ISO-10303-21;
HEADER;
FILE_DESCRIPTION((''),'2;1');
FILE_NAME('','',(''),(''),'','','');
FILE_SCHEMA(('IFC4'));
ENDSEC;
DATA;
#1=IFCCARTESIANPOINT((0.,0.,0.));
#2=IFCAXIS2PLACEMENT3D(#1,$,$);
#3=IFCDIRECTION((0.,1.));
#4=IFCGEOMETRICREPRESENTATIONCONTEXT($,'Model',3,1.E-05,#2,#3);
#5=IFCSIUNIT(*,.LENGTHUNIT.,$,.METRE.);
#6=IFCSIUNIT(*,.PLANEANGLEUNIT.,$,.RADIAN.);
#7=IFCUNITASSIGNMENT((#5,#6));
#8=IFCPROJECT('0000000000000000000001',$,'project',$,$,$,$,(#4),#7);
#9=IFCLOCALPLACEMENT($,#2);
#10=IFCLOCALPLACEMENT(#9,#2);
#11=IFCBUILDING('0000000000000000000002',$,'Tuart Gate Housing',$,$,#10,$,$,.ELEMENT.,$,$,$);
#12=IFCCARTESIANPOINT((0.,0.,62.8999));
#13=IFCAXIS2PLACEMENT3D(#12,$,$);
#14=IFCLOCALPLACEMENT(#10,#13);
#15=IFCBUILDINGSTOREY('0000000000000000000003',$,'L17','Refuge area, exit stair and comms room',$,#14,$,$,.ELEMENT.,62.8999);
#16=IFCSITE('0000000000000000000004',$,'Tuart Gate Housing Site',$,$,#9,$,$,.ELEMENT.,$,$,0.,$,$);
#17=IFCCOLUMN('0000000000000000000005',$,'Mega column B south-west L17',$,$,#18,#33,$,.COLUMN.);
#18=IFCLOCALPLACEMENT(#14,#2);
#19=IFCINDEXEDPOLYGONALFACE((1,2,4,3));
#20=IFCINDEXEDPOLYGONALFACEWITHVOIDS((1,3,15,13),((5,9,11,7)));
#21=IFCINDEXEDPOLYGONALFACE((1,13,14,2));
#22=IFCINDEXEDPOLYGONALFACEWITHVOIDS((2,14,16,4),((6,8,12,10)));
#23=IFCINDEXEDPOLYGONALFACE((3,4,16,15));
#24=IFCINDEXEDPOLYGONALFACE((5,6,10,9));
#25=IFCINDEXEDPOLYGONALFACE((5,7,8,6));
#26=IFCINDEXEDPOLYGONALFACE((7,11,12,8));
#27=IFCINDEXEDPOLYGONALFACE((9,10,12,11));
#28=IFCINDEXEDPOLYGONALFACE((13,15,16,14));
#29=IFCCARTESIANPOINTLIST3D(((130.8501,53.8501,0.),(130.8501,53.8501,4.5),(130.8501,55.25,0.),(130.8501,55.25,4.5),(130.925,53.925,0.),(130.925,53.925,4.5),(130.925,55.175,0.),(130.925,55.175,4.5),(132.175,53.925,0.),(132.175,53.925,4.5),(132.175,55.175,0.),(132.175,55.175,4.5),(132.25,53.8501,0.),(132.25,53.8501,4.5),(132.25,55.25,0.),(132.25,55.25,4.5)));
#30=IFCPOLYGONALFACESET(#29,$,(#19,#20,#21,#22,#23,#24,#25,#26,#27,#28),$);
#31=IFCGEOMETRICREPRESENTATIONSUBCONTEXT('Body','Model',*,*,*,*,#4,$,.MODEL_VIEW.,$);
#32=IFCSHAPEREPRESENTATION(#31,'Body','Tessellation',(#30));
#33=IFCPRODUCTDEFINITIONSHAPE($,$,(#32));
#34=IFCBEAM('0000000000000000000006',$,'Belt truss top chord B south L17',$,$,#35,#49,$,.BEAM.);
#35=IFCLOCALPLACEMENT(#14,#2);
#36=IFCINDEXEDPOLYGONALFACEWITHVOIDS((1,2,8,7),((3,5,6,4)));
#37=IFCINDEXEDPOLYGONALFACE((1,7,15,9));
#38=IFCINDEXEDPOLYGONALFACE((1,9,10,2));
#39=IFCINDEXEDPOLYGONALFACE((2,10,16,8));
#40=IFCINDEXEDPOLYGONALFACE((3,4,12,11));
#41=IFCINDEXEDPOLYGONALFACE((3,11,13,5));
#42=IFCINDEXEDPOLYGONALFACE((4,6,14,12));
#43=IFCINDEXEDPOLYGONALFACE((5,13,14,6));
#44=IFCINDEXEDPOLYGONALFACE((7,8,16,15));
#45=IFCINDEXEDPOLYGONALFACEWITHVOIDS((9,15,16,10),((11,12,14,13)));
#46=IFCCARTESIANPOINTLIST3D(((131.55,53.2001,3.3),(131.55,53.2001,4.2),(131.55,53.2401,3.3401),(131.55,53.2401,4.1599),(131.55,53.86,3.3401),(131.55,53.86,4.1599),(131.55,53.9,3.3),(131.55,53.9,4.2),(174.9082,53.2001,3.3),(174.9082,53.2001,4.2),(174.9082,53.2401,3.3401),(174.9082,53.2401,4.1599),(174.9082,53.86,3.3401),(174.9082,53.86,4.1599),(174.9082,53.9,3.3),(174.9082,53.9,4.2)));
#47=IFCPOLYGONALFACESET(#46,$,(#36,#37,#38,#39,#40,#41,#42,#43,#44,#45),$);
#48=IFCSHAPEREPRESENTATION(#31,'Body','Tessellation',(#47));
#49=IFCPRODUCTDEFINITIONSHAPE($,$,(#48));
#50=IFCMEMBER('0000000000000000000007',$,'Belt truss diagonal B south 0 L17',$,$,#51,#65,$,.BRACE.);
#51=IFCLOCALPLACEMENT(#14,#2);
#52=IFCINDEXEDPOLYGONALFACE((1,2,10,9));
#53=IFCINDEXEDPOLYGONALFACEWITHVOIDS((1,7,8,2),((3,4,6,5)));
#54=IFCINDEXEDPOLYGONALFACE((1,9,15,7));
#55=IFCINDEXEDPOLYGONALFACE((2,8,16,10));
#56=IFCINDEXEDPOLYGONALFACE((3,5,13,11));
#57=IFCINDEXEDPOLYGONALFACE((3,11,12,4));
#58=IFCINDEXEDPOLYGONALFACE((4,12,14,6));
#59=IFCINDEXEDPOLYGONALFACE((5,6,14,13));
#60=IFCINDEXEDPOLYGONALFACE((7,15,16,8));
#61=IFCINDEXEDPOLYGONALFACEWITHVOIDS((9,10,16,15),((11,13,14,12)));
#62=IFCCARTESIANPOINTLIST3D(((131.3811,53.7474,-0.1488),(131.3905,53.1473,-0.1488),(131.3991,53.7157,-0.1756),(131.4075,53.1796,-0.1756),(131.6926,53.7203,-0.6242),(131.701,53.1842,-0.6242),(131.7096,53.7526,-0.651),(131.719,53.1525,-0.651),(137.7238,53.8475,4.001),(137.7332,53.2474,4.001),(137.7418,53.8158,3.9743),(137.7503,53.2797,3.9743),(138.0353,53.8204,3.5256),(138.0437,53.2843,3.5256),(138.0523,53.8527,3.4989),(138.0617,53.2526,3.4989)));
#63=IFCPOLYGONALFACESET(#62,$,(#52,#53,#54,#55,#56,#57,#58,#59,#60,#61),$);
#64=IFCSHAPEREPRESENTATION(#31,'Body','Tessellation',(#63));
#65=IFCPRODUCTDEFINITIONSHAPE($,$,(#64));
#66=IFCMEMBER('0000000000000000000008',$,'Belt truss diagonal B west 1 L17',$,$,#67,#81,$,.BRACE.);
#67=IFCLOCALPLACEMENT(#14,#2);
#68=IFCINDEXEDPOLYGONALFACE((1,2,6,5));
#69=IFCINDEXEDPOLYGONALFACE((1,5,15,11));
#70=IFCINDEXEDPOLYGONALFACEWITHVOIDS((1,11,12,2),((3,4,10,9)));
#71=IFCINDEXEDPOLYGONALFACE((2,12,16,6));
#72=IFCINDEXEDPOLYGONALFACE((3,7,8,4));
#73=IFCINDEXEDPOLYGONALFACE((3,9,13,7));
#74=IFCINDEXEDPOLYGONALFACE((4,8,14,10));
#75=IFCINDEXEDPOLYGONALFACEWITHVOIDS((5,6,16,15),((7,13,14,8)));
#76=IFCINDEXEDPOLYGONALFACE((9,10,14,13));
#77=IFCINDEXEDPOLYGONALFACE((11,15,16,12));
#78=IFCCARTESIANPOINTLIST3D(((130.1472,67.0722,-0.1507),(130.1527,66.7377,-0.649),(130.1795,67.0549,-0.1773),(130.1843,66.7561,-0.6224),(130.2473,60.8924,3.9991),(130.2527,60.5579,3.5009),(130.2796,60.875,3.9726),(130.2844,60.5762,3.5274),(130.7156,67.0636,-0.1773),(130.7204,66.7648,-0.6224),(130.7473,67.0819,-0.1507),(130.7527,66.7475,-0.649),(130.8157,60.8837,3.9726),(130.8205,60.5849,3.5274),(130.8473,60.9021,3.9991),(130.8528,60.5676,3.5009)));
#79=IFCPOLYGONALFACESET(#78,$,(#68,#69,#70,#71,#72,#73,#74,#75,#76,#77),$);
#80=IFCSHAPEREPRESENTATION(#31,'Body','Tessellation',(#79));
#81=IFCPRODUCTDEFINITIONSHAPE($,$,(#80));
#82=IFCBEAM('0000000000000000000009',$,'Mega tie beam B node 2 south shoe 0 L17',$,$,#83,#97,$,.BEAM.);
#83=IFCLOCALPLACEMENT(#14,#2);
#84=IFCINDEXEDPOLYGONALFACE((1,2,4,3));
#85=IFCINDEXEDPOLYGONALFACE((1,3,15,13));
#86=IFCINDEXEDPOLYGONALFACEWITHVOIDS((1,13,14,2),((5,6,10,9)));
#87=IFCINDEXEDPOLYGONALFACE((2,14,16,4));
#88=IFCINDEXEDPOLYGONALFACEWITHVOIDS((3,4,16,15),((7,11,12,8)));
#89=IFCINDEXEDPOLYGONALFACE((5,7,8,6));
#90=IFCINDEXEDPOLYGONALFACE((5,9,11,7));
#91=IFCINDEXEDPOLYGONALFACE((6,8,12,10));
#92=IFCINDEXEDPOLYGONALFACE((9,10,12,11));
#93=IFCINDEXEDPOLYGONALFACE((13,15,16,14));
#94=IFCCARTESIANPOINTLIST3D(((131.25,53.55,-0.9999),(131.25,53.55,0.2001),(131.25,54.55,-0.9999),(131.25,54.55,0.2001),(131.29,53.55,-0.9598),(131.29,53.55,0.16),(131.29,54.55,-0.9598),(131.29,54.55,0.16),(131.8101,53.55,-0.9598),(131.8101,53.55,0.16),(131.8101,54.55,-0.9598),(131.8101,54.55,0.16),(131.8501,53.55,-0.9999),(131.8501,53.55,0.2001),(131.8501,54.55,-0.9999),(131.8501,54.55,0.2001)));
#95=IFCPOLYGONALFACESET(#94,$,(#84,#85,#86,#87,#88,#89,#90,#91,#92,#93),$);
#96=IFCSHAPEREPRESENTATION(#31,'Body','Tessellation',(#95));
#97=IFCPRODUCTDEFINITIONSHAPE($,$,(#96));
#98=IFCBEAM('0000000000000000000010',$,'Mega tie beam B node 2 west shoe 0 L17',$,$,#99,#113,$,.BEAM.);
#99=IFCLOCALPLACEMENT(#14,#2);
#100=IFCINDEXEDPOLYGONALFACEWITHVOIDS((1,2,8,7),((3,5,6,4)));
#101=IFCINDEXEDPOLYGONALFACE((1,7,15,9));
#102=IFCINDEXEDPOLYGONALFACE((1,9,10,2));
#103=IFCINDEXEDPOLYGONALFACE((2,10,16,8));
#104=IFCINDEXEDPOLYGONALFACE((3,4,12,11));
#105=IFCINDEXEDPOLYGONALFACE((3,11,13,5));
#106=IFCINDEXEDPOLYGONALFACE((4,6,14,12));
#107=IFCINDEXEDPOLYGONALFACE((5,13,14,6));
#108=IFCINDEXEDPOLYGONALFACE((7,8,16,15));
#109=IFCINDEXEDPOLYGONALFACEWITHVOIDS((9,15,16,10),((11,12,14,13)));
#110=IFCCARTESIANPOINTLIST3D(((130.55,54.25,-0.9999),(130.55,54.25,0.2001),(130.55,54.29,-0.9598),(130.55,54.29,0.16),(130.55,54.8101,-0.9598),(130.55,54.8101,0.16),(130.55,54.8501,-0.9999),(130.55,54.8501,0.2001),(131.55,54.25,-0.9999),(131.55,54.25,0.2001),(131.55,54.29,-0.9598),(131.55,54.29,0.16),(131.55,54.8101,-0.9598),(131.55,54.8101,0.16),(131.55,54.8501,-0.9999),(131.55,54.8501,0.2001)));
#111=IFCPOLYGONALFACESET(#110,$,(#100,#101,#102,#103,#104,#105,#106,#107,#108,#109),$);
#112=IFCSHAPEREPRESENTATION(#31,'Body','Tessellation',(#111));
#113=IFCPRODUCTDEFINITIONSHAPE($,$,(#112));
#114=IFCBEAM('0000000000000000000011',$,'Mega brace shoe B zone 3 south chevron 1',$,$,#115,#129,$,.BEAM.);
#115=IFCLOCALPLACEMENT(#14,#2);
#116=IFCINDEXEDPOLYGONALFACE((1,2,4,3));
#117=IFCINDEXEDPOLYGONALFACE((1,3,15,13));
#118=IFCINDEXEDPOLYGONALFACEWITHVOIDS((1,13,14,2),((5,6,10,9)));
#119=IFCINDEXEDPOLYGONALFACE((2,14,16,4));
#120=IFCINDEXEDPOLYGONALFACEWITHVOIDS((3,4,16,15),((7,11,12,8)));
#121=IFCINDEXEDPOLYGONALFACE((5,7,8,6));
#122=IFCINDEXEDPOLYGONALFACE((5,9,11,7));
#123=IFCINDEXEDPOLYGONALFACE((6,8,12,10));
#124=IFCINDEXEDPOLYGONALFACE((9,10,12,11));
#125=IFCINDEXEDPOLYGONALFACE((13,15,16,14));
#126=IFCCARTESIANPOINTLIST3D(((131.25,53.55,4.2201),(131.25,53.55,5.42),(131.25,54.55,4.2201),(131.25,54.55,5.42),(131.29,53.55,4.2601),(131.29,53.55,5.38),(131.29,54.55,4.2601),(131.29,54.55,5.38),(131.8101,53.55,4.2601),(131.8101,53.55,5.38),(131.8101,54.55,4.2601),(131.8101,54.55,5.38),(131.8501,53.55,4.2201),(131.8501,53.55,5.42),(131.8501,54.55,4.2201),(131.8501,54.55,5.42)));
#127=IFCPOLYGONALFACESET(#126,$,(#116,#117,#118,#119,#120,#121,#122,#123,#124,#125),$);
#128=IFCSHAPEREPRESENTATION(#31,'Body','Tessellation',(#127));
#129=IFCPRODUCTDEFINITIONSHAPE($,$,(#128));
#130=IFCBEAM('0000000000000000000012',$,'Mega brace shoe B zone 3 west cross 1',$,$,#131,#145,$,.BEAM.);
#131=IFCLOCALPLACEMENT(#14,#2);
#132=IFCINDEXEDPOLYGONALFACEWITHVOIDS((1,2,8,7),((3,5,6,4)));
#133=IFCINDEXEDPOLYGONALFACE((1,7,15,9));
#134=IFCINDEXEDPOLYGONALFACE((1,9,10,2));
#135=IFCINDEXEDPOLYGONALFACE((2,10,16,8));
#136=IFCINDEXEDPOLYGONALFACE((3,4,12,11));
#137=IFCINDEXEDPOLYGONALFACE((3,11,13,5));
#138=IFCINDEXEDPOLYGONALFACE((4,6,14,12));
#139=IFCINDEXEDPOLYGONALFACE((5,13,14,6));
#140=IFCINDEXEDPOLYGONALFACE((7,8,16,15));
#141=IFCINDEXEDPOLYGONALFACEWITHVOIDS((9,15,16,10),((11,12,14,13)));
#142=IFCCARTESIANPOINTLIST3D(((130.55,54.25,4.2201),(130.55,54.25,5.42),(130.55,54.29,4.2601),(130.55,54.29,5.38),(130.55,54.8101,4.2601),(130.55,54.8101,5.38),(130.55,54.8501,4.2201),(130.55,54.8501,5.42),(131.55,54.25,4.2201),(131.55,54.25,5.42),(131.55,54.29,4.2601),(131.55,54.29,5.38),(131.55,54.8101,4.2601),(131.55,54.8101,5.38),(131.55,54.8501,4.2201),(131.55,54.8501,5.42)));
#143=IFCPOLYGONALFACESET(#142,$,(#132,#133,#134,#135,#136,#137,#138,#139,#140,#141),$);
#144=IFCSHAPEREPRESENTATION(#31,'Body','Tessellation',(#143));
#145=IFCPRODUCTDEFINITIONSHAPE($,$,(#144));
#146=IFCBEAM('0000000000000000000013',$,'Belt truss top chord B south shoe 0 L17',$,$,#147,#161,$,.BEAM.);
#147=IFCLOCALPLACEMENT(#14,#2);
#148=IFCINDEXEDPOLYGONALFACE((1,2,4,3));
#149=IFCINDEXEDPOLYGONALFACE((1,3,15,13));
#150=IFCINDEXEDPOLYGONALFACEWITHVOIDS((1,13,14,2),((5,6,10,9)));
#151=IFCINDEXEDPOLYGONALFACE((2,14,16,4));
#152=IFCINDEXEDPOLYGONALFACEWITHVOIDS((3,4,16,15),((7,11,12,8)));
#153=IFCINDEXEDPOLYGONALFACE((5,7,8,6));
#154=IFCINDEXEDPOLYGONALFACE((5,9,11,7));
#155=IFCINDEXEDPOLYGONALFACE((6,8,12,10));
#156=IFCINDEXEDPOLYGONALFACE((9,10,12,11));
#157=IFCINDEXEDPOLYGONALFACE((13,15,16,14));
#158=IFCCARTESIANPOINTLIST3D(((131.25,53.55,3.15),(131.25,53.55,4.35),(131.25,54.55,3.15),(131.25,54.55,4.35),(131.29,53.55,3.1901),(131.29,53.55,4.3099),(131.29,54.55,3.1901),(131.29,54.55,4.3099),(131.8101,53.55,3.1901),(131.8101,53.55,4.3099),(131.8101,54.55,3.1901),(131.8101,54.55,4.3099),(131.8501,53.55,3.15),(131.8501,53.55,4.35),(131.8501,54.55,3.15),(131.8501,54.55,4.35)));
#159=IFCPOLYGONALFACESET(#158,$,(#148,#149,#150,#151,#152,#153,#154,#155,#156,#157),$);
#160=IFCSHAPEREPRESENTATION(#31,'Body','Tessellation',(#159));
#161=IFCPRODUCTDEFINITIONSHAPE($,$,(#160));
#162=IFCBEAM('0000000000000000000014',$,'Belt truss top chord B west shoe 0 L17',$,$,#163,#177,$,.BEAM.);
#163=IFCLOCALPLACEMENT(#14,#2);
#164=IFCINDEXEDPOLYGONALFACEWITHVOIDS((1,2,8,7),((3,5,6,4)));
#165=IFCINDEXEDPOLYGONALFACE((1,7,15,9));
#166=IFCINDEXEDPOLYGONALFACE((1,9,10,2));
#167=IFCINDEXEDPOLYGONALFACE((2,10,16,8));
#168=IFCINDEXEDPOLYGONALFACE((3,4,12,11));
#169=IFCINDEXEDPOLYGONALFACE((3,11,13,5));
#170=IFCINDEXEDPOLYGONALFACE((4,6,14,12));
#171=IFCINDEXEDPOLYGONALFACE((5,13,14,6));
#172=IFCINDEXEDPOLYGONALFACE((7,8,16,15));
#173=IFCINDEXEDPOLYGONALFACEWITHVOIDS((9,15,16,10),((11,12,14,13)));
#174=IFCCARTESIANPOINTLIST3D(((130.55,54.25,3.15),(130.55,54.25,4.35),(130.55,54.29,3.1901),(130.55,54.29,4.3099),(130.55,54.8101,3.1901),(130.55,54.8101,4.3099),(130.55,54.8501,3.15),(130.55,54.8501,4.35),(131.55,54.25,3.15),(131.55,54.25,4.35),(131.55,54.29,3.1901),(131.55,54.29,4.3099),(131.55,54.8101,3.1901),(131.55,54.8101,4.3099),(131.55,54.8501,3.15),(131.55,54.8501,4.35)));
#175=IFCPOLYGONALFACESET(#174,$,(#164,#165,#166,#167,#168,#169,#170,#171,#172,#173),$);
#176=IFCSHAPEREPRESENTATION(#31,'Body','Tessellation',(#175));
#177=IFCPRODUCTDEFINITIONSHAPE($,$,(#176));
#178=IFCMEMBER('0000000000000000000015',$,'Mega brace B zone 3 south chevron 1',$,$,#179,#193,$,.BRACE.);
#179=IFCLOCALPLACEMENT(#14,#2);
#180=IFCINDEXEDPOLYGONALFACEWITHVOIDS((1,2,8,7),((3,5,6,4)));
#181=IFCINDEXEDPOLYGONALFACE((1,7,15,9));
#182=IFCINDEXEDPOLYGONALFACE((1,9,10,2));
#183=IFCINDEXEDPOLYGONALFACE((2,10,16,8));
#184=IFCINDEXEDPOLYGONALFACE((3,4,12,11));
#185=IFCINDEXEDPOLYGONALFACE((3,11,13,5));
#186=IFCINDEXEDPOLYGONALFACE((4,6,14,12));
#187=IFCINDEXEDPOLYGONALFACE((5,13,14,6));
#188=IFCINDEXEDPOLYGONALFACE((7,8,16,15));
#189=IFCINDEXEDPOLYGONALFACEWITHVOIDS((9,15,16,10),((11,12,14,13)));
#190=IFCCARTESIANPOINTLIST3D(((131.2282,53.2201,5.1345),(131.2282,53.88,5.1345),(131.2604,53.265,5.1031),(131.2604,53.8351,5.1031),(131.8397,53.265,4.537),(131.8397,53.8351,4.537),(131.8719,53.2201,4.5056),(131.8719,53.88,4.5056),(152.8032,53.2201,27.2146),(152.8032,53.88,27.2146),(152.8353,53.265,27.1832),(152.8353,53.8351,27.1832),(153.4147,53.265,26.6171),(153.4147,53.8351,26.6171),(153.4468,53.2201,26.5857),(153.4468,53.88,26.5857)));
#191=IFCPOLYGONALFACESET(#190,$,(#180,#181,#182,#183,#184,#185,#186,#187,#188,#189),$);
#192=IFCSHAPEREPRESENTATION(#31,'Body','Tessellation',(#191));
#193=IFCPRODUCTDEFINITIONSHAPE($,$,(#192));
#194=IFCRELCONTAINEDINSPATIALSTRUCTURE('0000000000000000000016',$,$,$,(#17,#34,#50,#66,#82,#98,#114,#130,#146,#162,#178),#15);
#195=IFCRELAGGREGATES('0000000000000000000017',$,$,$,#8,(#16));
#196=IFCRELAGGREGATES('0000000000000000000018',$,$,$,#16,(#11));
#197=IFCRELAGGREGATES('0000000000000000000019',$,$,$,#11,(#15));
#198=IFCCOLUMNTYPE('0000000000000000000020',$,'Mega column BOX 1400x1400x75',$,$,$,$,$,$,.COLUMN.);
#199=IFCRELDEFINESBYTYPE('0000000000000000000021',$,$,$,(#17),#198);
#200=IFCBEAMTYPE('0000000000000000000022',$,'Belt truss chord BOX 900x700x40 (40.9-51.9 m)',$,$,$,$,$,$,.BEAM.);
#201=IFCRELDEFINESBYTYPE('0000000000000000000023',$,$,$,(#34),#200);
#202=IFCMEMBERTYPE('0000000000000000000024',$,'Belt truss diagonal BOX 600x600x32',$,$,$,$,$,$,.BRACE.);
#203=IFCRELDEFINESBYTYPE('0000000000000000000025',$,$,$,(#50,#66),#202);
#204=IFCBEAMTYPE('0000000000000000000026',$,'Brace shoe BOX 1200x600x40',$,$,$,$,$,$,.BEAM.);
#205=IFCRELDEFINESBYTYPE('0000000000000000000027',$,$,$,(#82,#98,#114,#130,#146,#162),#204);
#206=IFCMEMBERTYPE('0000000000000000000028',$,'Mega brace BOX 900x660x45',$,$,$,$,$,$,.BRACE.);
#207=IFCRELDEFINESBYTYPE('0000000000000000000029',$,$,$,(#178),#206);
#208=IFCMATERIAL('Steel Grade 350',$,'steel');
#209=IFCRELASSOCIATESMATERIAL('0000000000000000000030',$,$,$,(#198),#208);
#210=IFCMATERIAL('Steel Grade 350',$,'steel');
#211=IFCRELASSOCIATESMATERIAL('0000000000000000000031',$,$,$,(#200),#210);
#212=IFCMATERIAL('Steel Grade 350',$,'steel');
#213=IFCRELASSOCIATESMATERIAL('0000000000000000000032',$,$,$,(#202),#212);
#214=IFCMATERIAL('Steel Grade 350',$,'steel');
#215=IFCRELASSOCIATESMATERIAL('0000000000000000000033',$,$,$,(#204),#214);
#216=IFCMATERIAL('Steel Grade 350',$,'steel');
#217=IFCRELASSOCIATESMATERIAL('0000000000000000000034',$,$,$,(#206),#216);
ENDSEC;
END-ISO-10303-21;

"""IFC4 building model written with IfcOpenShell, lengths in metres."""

from ifc_helpers import new_model, si_unit, direction, frame, origin, origin_2d, place, context, subcontext, project, spatial, hollow_rectangle, extrude, material, material_profile, profile_set, type_object, element, save


model = new_model("IFC4")

# Units and contexts
model_context = context("Model", 3, precision=1e-05, world=origin(), true_north=direction((0.0, 1.0)))
body_context = subcontext(model_context, "Body", "Model", "MODEL_VIEW")
ifc_project = project(units=[si_unit("LENGTHUNIT", "METRE"), si_unit("PLANEANGLEUNIT", "RADIAN")], contexts=[model_context])

# Site, building, storey
site_placement = place(None, origin())
site = spatial("IfcSite", under=ifc_project, at=site_placement, Name="Tuart Gate Housing Site", CompositionType="ELEMENT", RefElevation=0.0)
building_placement = place(site_placement, origin())
building = spatial("IfcBuilding", under=site, at=building_placement, Name="Tuart Gate Housing", CompositionType="ELEMENT")
storey_placement = place(building_placement, frame((0.0, 0.0, 62.8999)))
storey = spatial("IfcBuildingStorey", under=building, at=storey_placement, Name="L17", Description="Refuge area, exit stair and comms room", CompositionType="ELEMENT", Elevation=62.8999)

# Column
ifc_material_1 = material(Name="Steel Grade 350", Category="steel")
ifc_material_profile_1 = material_profile(ifc_material_1, hollow_rectangle(XDim=1.3999, YDim=1.3999, WallThickness=0.075, at=origin_2d()), Name="BOX 1400x1400x75")
ifc_profile_set_1 = profile_set([ifc_material_profile_1], Name="Steel Grade 350")
column_type = type_object("IfcColumnType", Name="Mega column BOX 1400x1400x75", PredefinedType="COLUMN", material=ifc_profile_set_1)
column_placement = place(storey_placement, frame((131.55, 54.55, 0.0), z_axis=(0.0, 0.0, 1.0), x_axis=(1.0, 0.0, 0.0)))
element("IfcColumn", 1, at=column_placement, inside=storey, type_object=column_type, Name="Mega column B south-west L17", PredefinedType="COLUMN", context=body_context, shape_type="SweptSolid", body=[
    extrude(hollow_rectangle(XDim=1.3999, YDim=1.3999, WallThickness=0.075, at=origin_2d()), origin(), (0.0, 0.0, 1.0), 4.5),
])

# Beam
ifc_material_2 = material(Name="Steel Grade 350", Category="steel")
ifc_material_profile_2 = material_profile(ifc_material_2, hollow_rectangle(XDim=0.7, YDim=0.8999, WallThickness=0.04, at=origin_2d()), Name="BOX 900x700x40")
ifc_profile_set_2 = profile_set([ifc_material_profile_2], Name="Steel Grade 350")
beam_type_1 = type_object("IfcBeamType", Name="Belt truss chord BOX 900x700x40 (40.9-51.9 m)", PredefinedType="BEAM", material=ifc_profile_set_2)
beam_1_placement = place(storey_placement, frame((131.55, 53.55, 3.75), z_axis=(1.0, 0.0, 0.0), x_axis=(0.0, 1.0, 0.0)))
element("IfcBeam", 2, at=beam_1_placement, inside=storey, type_object=beam_type_1, Name="Belt truss top chord B south L17", PredefinedType="BEAM", context=body_context, shape_type="SweptSolid", body=[
    extrude(hollow_rectangle(XDim=0.7, YDim=0.8999, WallThickness=0.04, at=origin_2d()), origin(), (0.0, 0.0, 1.0), 43.3582),
])

# Members
ifc_material_3 = material(Name="Steel Grade 350", Category="steel")
ifc_material_profile_3 = material_profile(ifc_material_3, hollow_rectangle(XDim=0.6001, YDim=0.6001, WallThickness=0.032, at=origin_2d()), Name="BOX 600x600x32")
ifc_profile_set_3 = profile_set([ifc_material_profile_3], Name="Steel Grade 350")
member_type_1 = type_object("IfcMemberType", Name="Belt truss diagonal BOX 600x600x32", PredefinedType="BRACE", material=ifc_profile_set_3)
member_1_placement = place(storey_placement, frame((131.55, 53.45, -0.3999), z_axis=(0.836733, 0.013205, 0.547452), x_axis=(-0.015779, 0.999875, 0.0)))
element("IfcMember", 3, at=member_1_placement, inside=storey, type_object=member_type_1, Name="Belt truss diagonal B south 0 L17", PredefinedType="BRACE", context=body_context, shape_type="SweptSolid", body=[
    extrude(hollow_rectangle(XDim=0.6001, YDim=0.6001, WallThickness=0.032, at=origin_2d()), origin(), (0.0, 0.0, 1.0), 7.5803),
])
member_2_placement = place(storey_placement, frame((130.55, 60.73, 3.75), z_axis=(-0.013446, 0.830114, -0.557432), x_axis=(-0.999869, -0.016195, 0.0)))
element("IfcMember", 4, at=member_2_placement, inside=storey, type_object=member_type_1, Name="Belt truss diagonal B west 1 L17", PredefinedType="BRACE", context=body_context, shape_type="SweptSolid", body=[
    extrude(hollow_rectangle(XDim=0.6001, YDim=0.6001, WallThickness=0.032, at=origin_2d()), origin(), (0.0, 0.0, 1.0), 7.4446),
])

# Beams
ifc_material_4 = material(Name="Steel Grade 350", Category="steel")
ifc_material_profile_4 = material_profile(ifc_material_4, hollow_rectangle(XDim=0.6001, YDim=1.2, WallThickness=0.04, at=origin_2d()), Name="BOX 1200x600x40")
ifc_profile_set_4 = profile_set([ifc_material_profile_4], Name="Steel Grade 350")
beam_type_2 = type_object("IfcBeamType", Name="Brace shoe BOX 1200x600x40", PredefinedType="BEAM", material=ifc_profile_set_4)
for number, where, z_axis, x_axis, name in (
    (5, (131.55, 54.55, -0.3999), (0.0, -1.0, 0.0), (1.0, 0.0, 0.0), "Mega tie beam B node 2 south shoe 0 L17"),
    (6, (131.55, 54.55, -0.3999), (-1.0, 0.0, 0.0), (0.0, -1.0, 0.0), "Mega tie beam B node 2 west shoe 0 L17"),
    (7, (131.55, 54.55, 4.8201), (0.0, -1.0, 0.0), (1.0, 0.0, 0.0), "Mega brace shoe B zone 3 south chevron 1"),
    (8, (131.55, 54.55, 4.8201), (-1.0, 0.0, 0.0), (0.0, -1.0, 0.0), "Mega brace shoe B zone 3 west cross 1"),
    (9, (131.55, 54.55, 3.75), (0.0, -1.0, 0.0), (1.0, 0.0, 0.0), "Belt truss top chord B south shoe 0 L17"),
    (10, (131.55, 54.55, 3.75), (-1.0, 0.0, 0.0), (0.0, -1.0, 0.0), "Belt truss top chord B west shoe 0 L17"),
):
    element("IfcBeam", number, at=place(storey_placement, frame(where, z_axis=z_axis, x_axis=x_axis)), inside=storey, type_object=beam_type_2, Name=name, PredefinedType="BEAM", context=body_context, shape_type="SweptSolid", body=[
        extrude(hollow_rectangle(XDim=0.6001, YDim=1.2, WallThickness=0.04, at=origin_2d()), origin(), (0.0, 0.0, 1.0), 1.0),
    ])

# Member
ifc_material_5 = material(Name="Steel Grade 350", Category="steel")
ifc_material_profile_5 = material_profile(ifc_material_5, hollow_rectangle(XDim=0.6599, YDim=0.8999, WallThickness=0.0449, at=origin_2d()), Name="BOX 900x660x45")
ifc_profile_set_5 = profile_set([ifc_material_profile_5], Name="Steel Grade 350")
member_type_2 = type_object("IfcMemberType", Name="Mega brace BOX 900x660x45", PredefinedType="BRACE", material=ifc_profile_set_5)
member_3_placement = place(storey_placement, frame((131.55, 53.55, 4.8201), z_axis=(0.698878, 0.0, 0.715241), x_axis=(0.0, 1.0, 0.0)))
element("IfcMember", 11, at=member_3_placement, inside=storey, type_object=member_type_2, Name="Mega brace B zone 3 south chevron 1", PredefinedType="BRACE", context=body_context, shape_type="SweptSolid", body=[
    extrude(hollow_rectangle(XDim=0.6599, YDim=0.8999, WallThickness=0.0449, at=origin_2d()), origin(), (0.0, 0.0, 1.0), 30.8708),
])

save(model, "model.ifc")
